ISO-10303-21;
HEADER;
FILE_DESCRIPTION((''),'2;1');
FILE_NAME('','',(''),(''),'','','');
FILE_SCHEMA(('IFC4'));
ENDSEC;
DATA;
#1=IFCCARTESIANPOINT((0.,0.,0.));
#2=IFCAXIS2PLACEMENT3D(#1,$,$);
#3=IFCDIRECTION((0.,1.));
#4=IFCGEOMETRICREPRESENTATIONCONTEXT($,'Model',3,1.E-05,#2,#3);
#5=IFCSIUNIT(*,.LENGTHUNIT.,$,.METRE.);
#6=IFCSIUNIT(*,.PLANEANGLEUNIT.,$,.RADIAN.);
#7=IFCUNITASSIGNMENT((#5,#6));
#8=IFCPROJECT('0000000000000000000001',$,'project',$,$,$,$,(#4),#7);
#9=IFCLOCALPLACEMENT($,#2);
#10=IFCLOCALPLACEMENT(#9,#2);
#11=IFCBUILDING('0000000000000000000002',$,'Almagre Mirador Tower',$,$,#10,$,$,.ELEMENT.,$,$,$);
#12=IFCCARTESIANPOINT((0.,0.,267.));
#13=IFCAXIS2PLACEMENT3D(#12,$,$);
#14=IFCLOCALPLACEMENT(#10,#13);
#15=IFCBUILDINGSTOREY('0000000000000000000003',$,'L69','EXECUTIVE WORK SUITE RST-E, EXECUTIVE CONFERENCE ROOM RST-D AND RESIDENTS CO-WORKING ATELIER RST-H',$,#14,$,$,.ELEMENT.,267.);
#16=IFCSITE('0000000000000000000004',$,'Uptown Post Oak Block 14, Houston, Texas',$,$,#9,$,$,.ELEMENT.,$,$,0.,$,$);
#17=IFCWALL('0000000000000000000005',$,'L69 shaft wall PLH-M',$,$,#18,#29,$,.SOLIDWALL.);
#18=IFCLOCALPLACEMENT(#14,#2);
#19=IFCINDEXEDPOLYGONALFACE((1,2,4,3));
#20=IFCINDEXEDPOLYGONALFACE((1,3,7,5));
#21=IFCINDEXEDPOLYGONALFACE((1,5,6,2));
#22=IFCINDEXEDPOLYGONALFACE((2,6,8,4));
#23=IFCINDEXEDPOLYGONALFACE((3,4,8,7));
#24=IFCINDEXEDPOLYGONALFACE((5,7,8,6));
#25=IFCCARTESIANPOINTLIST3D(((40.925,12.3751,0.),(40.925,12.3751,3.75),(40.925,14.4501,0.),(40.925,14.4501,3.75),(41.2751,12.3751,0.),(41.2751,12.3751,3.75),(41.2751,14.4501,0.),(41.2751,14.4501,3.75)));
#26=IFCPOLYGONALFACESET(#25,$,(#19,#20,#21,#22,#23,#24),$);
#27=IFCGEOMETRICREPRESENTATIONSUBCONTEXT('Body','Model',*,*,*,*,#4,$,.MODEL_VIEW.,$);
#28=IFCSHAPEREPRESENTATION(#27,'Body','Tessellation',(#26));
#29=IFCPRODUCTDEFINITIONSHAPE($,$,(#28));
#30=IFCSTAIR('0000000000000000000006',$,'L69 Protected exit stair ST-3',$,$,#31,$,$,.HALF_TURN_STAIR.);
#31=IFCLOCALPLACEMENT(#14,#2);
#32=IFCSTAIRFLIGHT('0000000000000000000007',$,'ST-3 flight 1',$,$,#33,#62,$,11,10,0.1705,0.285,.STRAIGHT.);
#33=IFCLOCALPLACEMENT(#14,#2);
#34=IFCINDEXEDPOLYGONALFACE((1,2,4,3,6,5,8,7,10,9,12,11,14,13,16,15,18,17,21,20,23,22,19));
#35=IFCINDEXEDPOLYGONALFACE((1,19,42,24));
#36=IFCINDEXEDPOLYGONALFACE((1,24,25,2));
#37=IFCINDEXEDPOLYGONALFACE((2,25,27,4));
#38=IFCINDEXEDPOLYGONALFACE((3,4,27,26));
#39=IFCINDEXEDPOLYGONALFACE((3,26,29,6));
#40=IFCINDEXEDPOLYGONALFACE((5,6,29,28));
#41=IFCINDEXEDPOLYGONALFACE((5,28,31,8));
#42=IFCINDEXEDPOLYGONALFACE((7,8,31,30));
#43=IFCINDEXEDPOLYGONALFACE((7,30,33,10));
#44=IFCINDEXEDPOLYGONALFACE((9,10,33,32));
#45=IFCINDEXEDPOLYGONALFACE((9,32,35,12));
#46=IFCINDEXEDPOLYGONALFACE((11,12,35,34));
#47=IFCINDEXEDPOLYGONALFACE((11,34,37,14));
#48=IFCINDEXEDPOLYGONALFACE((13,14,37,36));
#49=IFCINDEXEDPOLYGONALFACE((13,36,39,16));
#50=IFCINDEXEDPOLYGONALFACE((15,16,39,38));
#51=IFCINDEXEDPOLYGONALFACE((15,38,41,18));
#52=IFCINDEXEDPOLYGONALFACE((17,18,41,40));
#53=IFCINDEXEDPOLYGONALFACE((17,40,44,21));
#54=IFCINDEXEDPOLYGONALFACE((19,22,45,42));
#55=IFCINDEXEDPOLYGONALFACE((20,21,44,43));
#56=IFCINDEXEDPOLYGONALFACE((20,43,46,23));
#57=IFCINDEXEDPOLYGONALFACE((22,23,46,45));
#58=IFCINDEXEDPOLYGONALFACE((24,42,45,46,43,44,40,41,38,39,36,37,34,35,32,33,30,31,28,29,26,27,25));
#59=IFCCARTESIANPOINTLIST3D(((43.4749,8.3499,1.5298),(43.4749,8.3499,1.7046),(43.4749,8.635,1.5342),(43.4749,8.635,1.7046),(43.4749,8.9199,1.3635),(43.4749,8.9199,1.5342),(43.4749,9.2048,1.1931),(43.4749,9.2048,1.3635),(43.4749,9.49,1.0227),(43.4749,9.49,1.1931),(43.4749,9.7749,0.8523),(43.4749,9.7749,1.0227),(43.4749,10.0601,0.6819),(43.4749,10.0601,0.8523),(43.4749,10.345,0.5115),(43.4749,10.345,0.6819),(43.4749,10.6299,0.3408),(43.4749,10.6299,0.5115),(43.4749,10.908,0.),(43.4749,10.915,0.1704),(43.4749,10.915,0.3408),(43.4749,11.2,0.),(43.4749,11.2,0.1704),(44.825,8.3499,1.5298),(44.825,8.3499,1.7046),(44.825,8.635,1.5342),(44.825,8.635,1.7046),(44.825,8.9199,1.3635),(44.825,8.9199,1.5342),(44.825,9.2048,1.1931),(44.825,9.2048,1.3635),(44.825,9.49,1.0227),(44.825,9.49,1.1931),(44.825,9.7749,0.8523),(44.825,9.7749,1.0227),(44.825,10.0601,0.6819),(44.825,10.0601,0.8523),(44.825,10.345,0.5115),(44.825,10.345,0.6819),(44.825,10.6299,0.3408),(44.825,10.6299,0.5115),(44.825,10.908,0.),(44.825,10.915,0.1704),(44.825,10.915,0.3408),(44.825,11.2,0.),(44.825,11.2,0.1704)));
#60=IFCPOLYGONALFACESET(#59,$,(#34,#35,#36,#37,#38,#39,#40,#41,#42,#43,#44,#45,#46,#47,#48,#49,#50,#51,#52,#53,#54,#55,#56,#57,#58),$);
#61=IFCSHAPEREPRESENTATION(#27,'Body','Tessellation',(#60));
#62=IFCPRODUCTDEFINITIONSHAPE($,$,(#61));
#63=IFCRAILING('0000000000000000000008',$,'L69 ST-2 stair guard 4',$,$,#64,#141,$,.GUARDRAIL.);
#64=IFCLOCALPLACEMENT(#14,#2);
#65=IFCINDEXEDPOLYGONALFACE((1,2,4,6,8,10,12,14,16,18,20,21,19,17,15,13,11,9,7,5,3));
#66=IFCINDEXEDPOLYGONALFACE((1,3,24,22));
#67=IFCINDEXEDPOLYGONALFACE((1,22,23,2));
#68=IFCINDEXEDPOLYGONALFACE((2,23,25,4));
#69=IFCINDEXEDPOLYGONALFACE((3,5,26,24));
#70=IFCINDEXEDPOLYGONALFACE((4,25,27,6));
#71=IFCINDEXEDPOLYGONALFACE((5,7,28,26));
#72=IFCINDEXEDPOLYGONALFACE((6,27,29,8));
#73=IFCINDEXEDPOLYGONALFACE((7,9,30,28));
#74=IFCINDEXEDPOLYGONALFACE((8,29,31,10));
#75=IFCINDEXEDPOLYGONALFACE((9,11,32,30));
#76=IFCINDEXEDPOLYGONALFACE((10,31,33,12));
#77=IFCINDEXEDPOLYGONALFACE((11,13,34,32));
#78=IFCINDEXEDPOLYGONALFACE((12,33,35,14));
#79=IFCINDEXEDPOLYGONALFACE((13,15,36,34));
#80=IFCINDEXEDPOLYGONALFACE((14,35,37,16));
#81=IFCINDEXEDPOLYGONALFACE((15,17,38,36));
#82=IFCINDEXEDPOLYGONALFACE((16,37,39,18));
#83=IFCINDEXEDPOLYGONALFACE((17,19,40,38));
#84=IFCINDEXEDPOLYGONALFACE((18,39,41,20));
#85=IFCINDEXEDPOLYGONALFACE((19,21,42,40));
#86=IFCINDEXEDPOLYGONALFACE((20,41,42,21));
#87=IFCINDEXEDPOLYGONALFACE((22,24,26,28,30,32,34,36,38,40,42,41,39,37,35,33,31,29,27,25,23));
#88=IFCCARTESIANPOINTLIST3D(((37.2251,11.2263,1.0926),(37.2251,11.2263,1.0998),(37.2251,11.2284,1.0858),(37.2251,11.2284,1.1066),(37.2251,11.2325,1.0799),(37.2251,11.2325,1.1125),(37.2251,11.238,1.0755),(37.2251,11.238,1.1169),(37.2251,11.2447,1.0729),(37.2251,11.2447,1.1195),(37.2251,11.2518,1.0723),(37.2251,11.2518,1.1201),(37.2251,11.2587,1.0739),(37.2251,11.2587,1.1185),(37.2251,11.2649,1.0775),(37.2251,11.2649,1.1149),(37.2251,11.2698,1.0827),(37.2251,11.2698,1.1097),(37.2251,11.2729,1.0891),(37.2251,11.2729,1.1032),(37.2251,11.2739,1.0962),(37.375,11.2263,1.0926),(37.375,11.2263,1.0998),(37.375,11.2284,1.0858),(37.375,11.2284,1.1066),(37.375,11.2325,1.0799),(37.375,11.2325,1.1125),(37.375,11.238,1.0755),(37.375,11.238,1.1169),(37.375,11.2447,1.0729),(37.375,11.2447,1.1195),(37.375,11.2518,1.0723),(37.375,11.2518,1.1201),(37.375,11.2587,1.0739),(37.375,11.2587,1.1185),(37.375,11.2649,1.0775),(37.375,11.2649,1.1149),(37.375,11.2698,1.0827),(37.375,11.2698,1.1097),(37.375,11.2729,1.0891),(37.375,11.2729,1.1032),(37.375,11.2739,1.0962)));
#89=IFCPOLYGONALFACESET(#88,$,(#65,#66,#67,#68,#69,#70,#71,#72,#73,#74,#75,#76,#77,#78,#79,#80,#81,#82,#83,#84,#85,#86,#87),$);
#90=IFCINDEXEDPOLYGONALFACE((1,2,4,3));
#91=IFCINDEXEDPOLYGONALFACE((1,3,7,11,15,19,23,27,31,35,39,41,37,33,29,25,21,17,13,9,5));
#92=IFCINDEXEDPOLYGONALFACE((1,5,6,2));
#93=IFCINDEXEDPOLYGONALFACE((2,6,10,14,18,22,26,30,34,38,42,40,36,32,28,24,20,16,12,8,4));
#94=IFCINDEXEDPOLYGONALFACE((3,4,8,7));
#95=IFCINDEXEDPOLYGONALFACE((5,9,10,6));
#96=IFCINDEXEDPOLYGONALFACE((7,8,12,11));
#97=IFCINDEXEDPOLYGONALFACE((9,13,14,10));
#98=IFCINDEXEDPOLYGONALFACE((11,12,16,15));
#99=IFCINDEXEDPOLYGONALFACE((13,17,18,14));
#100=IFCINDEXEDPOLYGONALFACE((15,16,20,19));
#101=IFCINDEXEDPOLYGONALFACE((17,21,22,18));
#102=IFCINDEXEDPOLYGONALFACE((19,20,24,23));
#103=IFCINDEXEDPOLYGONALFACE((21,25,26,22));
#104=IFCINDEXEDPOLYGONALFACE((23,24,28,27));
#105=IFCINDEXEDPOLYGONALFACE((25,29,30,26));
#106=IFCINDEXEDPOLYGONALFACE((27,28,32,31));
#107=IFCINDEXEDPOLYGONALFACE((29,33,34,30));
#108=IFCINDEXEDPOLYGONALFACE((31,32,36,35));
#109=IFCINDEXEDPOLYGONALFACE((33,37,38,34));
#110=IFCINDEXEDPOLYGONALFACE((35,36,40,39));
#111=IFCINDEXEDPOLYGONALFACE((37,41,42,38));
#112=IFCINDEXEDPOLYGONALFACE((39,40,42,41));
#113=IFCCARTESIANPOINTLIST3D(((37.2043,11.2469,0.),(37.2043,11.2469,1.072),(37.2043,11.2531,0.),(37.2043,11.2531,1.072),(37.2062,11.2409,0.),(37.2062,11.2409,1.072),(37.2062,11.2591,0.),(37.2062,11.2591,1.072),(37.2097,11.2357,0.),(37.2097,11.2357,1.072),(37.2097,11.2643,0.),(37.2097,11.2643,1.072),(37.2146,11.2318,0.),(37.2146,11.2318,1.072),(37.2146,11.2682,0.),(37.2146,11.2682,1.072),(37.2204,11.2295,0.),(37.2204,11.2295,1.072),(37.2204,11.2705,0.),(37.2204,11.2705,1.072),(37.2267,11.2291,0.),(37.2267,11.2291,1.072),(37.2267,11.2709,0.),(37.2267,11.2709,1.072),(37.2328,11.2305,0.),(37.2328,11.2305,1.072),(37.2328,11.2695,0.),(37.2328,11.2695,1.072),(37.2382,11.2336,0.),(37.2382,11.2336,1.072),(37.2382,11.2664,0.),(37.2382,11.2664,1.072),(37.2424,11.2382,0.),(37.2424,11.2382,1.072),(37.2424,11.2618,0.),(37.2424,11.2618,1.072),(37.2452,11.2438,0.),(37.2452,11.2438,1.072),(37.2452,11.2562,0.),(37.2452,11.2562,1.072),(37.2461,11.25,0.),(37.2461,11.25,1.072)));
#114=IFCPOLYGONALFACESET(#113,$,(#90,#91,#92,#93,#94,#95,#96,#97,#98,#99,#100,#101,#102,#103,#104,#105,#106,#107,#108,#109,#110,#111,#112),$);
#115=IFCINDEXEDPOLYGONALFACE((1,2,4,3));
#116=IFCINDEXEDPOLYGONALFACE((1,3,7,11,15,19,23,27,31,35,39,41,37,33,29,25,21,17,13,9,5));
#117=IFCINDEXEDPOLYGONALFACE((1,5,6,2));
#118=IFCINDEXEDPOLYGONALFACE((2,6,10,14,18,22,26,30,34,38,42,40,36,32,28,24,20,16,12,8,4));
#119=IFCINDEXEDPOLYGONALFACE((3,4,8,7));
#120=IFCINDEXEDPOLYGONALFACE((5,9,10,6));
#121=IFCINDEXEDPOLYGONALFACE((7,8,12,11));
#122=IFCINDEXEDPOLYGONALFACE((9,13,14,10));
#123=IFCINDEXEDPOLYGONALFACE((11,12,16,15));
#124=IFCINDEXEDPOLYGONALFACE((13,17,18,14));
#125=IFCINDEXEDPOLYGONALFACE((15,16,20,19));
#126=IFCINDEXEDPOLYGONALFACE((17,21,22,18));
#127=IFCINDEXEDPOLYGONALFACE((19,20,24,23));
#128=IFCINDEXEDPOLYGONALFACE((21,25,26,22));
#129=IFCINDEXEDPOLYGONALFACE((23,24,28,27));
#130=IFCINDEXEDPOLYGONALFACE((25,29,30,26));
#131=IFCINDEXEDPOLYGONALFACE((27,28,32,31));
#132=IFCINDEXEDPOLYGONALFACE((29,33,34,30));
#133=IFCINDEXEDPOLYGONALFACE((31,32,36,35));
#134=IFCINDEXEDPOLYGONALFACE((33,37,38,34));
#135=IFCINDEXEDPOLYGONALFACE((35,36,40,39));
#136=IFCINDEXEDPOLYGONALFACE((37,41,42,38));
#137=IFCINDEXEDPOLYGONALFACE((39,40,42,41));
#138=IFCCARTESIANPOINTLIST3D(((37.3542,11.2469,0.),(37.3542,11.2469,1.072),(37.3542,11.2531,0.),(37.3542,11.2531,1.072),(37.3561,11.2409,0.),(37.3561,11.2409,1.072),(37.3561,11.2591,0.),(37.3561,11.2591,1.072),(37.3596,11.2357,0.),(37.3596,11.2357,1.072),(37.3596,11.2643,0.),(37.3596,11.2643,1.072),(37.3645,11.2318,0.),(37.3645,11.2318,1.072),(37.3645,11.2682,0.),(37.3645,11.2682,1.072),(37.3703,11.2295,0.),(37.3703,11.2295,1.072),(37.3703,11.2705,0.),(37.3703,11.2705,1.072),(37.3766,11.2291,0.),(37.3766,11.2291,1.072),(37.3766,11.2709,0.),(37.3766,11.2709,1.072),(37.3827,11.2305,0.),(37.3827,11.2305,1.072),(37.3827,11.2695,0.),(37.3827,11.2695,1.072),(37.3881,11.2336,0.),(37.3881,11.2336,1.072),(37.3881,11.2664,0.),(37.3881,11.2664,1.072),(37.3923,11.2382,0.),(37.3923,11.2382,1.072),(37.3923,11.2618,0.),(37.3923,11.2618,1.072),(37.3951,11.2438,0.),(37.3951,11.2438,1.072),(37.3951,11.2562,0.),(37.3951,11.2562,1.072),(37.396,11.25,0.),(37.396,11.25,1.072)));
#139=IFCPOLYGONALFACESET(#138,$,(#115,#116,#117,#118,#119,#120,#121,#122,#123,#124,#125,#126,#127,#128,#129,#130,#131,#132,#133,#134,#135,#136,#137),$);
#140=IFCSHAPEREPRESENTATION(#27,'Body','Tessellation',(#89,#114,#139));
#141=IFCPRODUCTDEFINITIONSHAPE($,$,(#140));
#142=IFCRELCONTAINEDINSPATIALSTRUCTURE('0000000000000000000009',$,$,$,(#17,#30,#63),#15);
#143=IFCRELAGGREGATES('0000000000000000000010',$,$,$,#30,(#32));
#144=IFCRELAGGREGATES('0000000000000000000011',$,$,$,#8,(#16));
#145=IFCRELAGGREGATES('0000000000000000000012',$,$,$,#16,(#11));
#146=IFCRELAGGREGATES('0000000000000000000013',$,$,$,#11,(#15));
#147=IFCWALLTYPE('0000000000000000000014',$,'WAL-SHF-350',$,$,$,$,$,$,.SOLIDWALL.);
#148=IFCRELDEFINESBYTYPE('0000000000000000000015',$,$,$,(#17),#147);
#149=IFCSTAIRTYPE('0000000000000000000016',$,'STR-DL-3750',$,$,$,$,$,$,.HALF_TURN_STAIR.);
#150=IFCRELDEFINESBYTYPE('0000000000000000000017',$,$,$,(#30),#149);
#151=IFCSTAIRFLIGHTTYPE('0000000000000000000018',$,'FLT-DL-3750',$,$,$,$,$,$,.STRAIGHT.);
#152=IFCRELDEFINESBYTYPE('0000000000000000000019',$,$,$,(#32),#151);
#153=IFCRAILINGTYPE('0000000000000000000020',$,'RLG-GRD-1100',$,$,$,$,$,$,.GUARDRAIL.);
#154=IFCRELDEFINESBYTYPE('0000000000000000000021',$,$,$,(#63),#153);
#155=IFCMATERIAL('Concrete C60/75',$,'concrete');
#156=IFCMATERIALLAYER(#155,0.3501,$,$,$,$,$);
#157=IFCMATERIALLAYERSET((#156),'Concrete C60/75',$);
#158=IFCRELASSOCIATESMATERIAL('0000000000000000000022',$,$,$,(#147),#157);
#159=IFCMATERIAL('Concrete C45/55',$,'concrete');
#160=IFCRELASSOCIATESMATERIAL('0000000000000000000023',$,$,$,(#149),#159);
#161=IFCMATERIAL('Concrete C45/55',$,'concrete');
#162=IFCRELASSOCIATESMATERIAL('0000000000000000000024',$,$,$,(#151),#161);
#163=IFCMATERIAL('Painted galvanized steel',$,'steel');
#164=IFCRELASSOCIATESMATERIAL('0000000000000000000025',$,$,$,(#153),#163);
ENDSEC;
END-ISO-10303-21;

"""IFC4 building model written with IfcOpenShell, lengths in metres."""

from ifc_helpers import new_model, si_unit, direction, frame, frame_2d, origin, origin_2d, place, context, subcontext, project, spatial, polyline, rectangle, circle, outline, extrude, material, layer, layer_set, type_object, element, aggregate, save


model = new_model("IFC4")

# Units and contexts
model_context = context("Model", 3, precision=1e-05, world=origin(), true_north=direction((0.0, 1.0)))
body_context = subcontext(model_context, "Body", "Model", "MODEL_VIEW")
ifc_project = project(units=[si_unit("LENGTHUNIT", "METRE"), si_unit("PLANEANGLEUNIT", "RADIAN")], contexts=[model_context])

# Site, building, storey
site_placement = place(None, origin())
site = spatial("IfcSite", under=ifc_project, at=site_placement, Name="Uptown Post Oak Block 14, Houston, Texas", CompositionType="ELEMENT", RefElevation=0.0)
building_placement = place(site_placement, origin())
building = spatial("IfcBuilding", under=site, at=building_placement, Name="Almagre Mirador Tower", CompositionType="ELEMENT")
storey_placement = place(building_placement, frame((0.0, 0.0, 267.0)))
storey = spatial("IfcBuildingStorey", under=building, at=storey_placement, Name="L69", Description="EXECUTIVE WORK SUITE RST-E, EXECUTIVE CONFERENCE ROOM RST-D AND RESIDENTS CO-WORKING ATELIER RST-H", CompositionType="ELEMENT", Elevation=267.0)

# Wall
ifc_material_1 = material(Name="Concrete C60/75", Category="concrete")
ifc_layer_1 = layer(ifc_material_1, 0.3501)
ifc_layer_set_1 = layer_set([ifc_layer_1], Name="Concrete C60/75")
wall_type_1 = type_object("IfcWallType", Name="WAL-SHF-350", PredefinedType="SOLIDWALL", material=ifc_layer_set_1)
wall_1_placement = place(storey_placement, frame((41.1001, 12.375, 0.0), z_axis=(0.0, 0.0, 1.0), x_axis=(0.0, 1.0, 0.0)))
element("IfcWall", 1, at=wall_1_placement, inside=storey, type_object=wall_type_1, Name="L69 shaft wall PLH-M", PredefinedType="SOLIDWALL", context=body_context, shape_type="SweptSolid", body=[
    extrude(rectangle(XDim=2.075, YDim=0.3501, at=frame_2d((1.0376, 0.0))), origin(), (0.0, 0.0, 1.0), 3.75),
])

# Stair, stair flight
ifc_material_2 = material(Name="Concrete C45/55", Category="concrete")
stair_type = type_object("IfcStairType", Name="STR-DL-3750", PredefinedType="HALF_TURN_STAIR", material=ifc_material_2)
stair_placement = place(storey_placement, origin())
stair = element("IfcStair", 2, at=stair_placement, inside=storey, type_object=stair_type, Name="L69 Protected exit stair ST-3", PredefinedType="HALF_TURN_STAIR")
ifc_material_3 = material(Name="Concrete C45/55", Category="concrete")
stair_flight_type = type_object("IfcStairFlightType", Name="FLT-DL-3750", PredefinedType="STRAIGHT", material=ifc_material_3)
stair_flight_placement = place(storey_placement, frame((44.1499, 11.2, 0.0), z_axis=(0.0, 0.0, 1.0), x_axis=(0.0, -1.0, 0.0)))
stair_flight = element("IfcStairFlight", 3, at=stair_flight_placement, type_object=stair_flight_type, Name="ST-3 flight 1", NumberOfRisers=11, NumberOfTreads=10, PredefinedType="STRAIGHT", RiserHeight=0.1705, TreadLength=0.285, context=body_context, shape_type="SweptSolid", body=[
    extrude(outline(polyline([(0.0, 0.0), (0.0, 0.1704), (0.2849, 0.1704), (0.2849, 0.3408), (0.5701, 0.3408), (0.5701, 0.5115), (0.855, 0.5115), (0.855, 0.6819), (1.1399, 0.6819), (1.1399, 0.8523), (1.425, 0.8523), (1.425, 1.0227), (1.71, 1.0227), (1.71, 1.1931), (1.9951, 1.1931), (1.9951, 1.3635), (2.28, 1.3635), (2.28, 1.5342), (2.5649, 1.5342), (2.5649, 1.7046), (2.8501, 1.7046), (2.8501, 1.875), (2.8501, 1.5298), (0.292, 0.0), (0.0, 0.0)])), frame((0.0, 0.675, 0.0), z_axis=(0.0, -1.0, 0.0), x_axis=(1.0, 0.0, 0.0)), (0.0, 0.0, 1.0), 1.3501),
])
aggregate(stair, [stair_flight])

# Railing
ifc_material_4 = material(Name="Painted galvanized steel", Category="steel")
railing_type = type_object("IfcRailingType", Name="RLG-GRD-1100", PredefinedType="GUARDRAIL", material=ifc_material_4)
railing_1_placement = place(storey_placement, frame((37.2251, 11.25, 0.0)))
element("IfcRailing", 4, at=railing_1_placement, inside=storey, type_object=railing_type, Name="L69 ST-2 stair guard 4", PredefinedType="GUARDRAIL", context=body_context, shape_type="SweptSolid", body=[
    extrude(circle(Radius=0.0239, at=origin_2d()), frame((0.0, 0.0, 1.0962), z_axis=(1.0, 0.0, 0.0), x_axis=(0.0, 1.0, 0.0)), (0.0, 0.0, 1.0), 0.1499),
    extrude(circle(Radius=0.021, at=origin_2d()), origin(), (0.0, 0.0, 1.0), 1.072),
    extrude(circle(Radius=0.021, at=origin_2d()), frame((0.1499, 0.0, 0.0)), (0.0, 0.0, 1.0), 1.072),
])

save(model, "model.ifc")
